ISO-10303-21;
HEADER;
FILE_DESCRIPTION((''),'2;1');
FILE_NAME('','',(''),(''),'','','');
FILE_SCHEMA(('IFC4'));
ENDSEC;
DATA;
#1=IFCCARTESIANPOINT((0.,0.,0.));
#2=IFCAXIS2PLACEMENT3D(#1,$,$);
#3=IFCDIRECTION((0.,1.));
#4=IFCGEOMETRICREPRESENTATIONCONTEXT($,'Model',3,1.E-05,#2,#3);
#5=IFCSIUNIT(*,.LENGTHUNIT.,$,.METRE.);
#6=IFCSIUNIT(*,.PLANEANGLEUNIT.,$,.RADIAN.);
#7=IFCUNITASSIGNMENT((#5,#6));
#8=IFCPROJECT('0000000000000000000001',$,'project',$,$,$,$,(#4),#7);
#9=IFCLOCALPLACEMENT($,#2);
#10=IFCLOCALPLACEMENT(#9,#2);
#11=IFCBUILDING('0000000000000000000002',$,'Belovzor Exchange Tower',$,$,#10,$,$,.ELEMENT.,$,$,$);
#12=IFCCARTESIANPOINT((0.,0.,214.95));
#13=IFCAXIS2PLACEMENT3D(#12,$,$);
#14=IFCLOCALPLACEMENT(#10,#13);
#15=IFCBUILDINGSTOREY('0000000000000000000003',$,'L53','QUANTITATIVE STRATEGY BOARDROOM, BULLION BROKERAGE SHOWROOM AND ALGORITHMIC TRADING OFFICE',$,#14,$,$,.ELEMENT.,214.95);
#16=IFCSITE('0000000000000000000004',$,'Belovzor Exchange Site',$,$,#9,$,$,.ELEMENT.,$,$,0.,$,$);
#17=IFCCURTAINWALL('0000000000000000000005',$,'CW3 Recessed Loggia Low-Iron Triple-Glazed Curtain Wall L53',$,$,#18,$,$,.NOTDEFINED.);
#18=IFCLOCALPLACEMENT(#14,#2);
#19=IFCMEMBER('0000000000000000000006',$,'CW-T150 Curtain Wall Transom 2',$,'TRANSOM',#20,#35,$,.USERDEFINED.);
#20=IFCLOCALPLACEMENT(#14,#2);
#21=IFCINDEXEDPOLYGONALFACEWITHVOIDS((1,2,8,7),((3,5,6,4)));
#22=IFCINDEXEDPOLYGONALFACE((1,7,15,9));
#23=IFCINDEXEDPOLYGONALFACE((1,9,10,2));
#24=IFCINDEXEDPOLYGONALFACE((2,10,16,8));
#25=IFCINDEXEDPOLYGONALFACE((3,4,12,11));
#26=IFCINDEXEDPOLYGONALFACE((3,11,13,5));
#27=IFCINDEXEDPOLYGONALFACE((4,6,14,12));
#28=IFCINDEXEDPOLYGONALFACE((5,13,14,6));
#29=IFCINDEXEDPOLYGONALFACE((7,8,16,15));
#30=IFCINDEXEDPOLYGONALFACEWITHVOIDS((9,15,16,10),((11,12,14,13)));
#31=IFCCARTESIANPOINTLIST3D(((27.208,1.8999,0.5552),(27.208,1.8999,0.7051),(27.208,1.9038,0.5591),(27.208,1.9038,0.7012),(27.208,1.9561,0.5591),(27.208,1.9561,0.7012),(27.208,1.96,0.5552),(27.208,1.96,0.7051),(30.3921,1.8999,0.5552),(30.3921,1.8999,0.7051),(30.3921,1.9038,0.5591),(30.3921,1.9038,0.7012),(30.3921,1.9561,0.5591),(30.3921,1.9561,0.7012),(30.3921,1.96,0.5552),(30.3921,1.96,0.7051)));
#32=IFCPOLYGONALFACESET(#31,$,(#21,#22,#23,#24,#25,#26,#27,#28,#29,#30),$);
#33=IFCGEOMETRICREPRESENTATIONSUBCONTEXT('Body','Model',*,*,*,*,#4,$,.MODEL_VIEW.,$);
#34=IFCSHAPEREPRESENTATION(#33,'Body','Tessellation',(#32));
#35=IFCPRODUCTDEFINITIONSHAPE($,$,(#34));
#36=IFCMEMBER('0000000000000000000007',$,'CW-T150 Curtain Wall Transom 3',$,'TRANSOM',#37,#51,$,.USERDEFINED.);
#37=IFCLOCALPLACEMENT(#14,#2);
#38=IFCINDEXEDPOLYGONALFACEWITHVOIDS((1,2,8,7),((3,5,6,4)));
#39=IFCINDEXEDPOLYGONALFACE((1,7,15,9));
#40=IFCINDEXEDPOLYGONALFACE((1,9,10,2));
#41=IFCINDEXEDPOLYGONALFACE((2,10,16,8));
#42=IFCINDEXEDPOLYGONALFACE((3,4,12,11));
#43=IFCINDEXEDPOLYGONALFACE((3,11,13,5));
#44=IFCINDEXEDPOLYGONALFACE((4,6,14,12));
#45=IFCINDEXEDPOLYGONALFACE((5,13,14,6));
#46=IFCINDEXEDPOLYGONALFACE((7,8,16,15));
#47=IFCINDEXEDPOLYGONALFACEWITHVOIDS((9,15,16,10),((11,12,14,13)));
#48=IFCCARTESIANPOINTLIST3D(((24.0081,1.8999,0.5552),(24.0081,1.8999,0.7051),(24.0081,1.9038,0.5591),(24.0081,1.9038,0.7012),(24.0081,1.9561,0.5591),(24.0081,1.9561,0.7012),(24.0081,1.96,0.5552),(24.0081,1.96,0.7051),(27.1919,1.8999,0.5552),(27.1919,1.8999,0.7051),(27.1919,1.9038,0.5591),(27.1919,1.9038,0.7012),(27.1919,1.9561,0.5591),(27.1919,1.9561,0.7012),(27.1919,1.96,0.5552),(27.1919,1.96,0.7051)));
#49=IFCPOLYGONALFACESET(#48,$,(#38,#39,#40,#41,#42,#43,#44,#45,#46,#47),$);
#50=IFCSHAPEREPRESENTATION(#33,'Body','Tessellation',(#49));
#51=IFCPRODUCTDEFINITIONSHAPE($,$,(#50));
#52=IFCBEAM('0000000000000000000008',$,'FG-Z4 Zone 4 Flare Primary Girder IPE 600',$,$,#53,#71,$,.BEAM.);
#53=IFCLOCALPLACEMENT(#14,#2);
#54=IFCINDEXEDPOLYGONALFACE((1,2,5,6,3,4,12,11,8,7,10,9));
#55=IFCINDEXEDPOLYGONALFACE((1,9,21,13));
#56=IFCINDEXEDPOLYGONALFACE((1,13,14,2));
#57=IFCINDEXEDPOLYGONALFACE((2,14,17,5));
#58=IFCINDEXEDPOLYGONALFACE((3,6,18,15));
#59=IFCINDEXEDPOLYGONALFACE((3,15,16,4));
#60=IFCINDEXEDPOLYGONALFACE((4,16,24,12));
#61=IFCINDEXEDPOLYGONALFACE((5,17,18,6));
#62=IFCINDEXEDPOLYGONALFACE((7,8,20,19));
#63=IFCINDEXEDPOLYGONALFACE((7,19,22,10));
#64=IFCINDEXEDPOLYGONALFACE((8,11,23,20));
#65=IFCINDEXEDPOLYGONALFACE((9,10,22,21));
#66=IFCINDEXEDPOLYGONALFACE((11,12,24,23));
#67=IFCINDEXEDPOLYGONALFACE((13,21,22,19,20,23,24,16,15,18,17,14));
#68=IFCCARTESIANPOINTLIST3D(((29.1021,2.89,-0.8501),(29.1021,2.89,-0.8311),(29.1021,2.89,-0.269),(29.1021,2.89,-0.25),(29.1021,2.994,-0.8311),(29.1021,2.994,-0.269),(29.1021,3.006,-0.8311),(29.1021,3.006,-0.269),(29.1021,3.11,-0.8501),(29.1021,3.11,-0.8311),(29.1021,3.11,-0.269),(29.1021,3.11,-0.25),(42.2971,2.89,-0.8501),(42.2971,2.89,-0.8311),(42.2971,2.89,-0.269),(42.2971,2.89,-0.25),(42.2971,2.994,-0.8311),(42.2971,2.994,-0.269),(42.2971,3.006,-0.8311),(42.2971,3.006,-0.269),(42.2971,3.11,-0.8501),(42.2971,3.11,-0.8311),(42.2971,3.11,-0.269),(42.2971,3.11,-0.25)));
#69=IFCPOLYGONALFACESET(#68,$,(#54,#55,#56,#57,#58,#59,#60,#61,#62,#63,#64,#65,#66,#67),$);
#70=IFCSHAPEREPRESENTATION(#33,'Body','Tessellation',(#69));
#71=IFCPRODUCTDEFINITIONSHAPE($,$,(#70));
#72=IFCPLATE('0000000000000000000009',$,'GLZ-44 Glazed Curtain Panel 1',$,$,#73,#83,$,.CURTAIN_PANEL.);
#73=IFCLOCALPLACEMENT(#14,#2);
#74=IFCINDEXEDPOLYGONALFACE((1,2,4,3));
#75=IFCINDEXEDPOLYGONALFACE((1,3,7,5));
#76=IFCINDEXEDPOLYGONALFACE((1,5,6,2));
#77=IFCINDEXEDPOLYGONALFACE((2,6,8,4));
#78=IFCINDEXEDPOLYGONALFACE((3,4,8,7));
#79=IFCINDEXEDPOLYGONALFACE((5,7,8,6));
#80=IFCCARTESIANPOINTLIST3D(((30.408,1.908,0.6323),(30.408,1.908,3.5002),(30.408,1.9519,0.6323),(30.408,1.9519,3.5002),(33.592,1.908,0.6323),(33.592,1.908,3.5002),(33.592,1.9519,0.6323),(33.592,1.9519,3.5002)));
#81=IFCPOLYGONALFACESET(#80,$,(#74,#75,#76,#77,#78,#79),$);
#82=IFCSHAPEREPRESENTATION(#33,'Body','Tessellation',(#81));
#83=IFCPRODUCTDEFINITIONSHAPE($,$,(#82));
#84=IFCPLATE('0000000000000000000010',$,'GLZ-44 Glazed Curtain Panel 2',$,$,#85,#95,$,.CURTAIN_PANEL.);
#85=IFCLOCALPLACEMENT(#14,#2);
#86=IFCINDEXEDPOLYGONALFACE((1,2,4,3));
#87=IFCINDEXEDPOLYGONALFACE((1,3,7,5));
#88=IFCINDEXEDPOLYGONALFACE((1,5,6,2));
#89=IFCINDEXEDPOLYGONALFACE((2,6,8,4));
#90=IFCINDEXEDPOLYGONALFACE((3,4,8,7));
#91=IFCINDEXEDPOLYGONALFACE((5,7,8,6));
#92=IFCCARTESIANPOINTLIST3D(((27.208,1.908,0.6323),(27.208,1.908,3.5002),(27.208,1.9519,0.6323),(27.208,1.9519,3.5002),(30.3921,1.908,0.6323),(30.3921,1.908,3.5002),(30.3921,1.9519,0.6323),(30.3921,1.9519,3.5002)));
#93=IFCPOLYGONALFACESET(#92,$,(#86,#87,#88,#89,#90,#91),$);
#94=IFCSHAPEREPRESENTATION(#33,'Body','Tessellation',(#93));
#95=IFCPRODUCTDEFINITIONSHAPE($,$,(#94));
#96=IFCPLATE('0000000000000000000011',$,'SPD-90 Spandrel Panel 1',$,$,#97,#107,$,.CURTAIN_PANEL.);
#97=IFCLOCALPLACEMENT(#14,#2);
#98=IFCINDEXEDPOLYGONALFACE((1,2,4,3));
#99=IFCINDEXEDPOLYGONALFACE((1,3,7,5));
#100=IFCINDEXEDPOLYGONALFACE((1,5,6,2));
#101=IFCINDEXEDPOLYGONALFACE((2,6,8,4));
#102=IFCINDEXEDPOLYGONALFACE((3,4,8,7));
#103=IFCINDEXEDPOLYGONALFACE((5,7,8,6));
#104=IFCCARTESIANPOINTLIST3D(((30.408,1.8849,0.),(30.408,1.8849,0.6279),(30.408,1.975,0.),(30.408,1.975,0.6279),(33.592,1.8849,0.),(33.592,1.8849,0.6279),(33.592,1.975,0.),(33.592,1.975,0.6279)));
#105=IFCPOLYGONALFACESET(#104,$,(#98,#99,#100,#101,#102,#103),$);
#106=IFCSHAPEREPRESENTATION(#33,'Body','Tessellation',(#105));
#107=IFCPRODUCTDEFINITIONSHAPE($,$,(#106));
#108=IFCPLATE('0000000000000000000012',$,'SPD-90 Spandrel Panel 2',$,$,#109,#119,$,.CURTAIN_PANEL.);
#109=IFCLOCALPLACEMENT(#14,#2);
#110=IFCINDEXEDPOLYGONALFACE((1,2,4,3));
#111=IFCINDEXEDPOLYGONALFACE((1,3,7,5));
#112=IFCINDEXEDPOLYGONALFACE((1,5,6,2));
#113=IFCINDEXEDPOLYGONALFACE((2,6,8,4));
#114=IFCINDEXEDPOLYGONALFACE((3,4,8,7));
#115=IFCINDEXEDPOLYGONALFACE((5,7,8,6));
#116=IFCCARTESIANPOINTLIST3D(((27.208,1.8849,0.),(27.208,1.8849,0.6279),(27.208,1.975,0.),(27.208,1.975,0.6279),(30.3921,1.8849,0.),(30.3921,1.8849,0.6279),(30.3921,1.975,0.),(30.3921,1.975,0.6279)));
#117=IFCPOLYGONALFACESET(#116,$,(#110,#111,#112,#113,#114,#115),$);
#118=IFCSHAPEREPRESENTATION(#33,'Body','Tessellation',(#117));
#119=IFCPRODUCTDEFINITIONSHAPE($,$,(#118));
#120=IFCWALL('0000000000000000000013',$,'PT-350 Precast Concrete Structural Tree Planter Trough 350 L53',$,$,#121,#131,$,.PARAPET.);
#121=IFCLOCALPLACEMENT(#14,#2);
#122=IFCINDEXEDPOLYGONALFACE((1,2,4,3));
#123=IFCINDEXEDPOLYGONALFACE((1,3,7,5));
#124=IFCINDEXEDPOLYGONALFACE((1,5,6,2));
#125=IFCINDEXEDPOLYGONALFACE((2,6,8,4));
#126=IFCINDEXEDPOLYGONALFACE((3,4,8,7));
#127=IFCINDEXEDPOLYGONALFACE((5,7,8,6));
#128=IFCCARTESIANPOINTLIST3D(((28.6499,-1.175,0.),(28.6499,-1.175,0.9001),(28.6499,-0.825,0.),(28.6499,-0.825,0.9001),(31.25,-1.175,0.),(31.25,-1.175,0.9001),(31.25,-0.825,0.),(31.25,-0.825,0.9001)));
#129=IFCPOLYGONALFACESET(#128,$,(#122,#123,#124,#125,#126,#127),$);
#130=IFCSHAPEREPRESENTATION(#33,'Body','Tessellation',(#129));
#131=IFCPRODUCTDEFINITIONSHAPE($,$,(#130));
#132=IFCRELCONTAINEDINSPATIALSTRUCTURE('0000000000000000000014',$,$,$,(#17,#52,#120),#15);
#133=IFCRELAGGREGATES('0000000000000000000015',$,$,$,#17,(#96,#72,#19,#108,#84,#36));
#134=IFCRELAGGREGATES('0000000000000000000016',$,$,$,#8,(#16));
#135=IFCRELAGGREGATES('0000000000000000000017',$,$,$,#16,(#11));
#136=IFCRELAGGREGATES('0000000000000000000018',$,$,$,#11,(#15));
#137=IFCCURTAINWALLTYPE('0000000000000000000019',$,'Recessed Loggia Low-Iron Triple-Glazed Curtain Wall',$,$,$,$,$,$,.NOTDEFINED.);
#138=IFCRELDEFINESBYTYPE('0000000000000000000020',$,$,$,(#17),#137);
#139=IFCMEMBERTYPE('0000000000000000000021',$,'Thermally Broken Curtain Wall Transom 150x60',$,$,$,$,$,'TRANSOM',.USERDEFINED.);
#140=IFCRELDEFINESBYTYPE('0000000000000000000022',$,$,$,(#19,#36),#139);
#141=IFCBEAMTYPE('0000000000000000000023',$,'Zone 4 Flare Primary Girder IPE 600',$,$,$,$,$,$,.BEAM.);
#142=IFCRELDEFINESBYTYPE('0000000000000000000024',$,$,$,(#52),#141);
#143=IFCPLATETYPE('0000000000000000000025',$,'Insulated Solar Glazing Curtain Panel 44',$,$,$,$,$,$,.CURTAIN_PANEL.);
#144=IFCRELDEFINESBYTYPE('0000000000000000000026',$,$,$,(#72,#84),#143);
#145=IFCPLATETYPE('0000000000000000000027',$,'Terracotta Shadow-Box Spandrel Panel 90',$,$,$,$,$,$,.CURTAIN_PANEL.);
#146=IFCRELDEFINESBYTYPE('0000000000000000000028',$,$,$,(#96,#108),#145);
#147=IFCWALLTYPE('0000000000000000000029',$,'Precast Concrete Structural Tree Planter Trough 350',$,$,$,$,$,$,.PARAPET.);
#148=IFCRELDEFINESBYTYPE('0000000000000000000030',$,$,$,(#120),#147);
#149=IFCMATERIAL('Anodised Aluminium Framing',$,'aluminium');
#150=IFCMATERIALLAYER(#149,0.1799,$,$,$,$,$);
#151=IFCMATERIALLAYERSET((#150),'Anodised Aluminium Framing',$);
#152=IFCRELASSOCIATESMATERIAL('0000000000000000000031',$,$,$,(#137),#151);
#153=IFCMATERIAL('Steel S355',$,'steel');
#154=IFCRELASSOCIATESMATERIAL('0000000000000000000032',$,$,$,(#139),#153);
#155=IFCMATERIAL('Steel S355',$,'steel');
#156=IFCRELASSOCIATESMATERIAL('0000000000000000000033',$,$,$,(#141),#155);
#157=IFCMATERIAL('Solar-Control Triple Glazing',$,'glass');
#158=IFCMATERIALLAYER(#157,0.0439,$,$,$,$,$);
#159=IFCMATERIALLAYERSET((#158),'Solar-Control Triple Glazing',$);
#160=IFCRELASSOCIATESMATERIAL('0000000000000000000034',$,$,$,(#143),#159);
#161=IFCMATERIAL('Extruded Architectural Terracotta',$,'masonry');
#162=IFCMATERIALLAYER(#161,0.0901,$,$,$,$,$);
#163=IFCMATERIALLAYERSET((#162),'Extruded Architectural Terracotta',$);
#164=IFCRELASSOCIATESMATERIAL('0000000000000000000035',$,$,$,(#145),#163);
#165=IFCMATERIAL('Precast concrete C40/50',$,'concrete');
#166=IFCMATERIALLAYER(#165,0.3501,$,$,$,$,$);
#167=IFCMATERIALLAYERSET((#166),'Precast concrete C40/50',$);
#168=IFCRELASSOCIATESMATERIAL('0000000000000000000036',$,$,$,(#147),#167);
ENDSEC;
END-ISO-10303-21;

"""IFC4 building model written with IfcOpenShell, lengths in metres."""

from ifc_helpers import new_model, si_unit, direction, frame, frame_2d, origin, origin_2d, place, context, subcontext, project, spatial, rectangle, hollow_rectangle, i_section, extrude, material, layer, layer_set, material_profile, profile_set, type_object, element, aggregate, save


model = new_model("IFC4")

# Units and contexts
model_context = context("Model", 3, precision=1e-05, world=origin(), true_north=direction((0.0, 1.0)))
body_context = subcontext(model_context, "Body", "Model", "MODEL_VIEW")
ifc_project = project(units=[si_unit("LENGTHUNIT", "METRE"), si_unit("PLANEANGLEUNIT", "RADIAN")], contexts=[model_context])

# Site, building, storey
site_placement = place(None, origin())
site = spatial("IfcSite", under=ifc_project, at=site_placement, Name="Belovzor Exchange Site", CompositionType="ELEMENT", RefElevation=0.0)
building_placement = place(site_placement, origin())
building = spatial("IfcBuilding", under=site, at=building_placement, Name="Belovzor Exchange Tower", CompositionType="ELEMENT")
storey_placement = place(building_placement, frame((0.0, 0.0, 214.95)))
storey = spatial("IfcBuildingStorey", under=building, at=storey_placement, Name="L53", Description="QUANTITATIVE STRATEGY BOARDROOM, BULLION BROKERAGE SHOWROOM AND ALGORITHMIC TRADING OFFICE", CompositionType="ELEMENT", Elevation=214.95)

# Curtain wall, members
ifc_material_1 = material(Name="Anodised Aluminium Framing", Category="aluminium")
ifc_layer_1 = layer(ifc_material_1, 0.1799)
ifc_layer_set_1 = layer_set([ifc_layer_1], Name="Anodised Aluminium Framing")
curtain_wall_type = type_object("IfcCurtainWallType", Name="Recessed Loggia Low-Iron Triple-Glazed Curtain Wall", PredefinedType="NOTDEFINED", material=ifc_layer_set_1)
curtain_wall_placement = place(storey_placement, origin())
curtain_wall = element("IfcCurtainWall", 1, at=curtain_wall_placement, inside=storey, type_object=curtain_wall_type, Name="CW3 Recessed Loggia Low-Iron Triple-Glazed Curtain Wall L53", PredefinedType="NOTDEFINED")
ifc_material_2 = material(Name="Steel S355", Category="steel")
ifc_material_profile_1 = material_profile(ifc_material_2, hollow_rectangle(XDim=0.0601, YDim=0.1499, WallThickness=0.0039, at=origin_2d()))
ifc_profile_set_1 = profile_set([ifc_material_profile_1], Name="Steel S355")
member_type_1 = type_object("IfcMemberType", Name="Thermally Broken Curtain Wall Transom 150x60", ElementType="TRANSOM", PredefinedType="USERDEFINED", material=ifc_profile_set_1)
member_1_placement = place(storey_placement, frame((30.3921, 1.9299, 0.6301), z_axis=(-1.0, 0.0, 0.0), x_axis=(0.0, -1.0, 0.0)))
member_1 = element("IfcMember", 2, at=member_1_placement, type_object=member_type_1, Name="CW-T150 Curtain Wall Transom 2", ObjectType="TRANSOM", PredefinedType="USERDEFINED", context=body_context, shape_type="SweptSolid", body=[
    extrude(hollow_rectangle(XDim=0.0601, YDim=0.1499, WallThickness=0.0039, at=origin_2d()), origin(), (0.0, 0.0, 1.0), 3.1841),
])
member_2_placement = place(storey_placement, frame((27.1919, 1.9299, 0.6301), z_axis=(-1.0, 0.0, 0.0), x_axis=(0.0, -1.0, 0.0)))
member_2 = element("IfcMember", 3, at=member_2_placement, type_object=member_type_1, Name="CW-T150 Curtain Wall Transom 3", ObjectType="TRANSOM", PredefinedType="USERDEFINED", context=body_context, shape_type="SweptSolid", body=[
    extrude(hollow_rectangle(XDim=0.0601, YDim=0.1499, WallThickness=0.0039, at=origin_2d()), origin(), (0.0, 0.0, 1.0), 3.1838),
])

# Beam
ifc_material_3 = material(Name="Steel S355", Category="steel")
ifc_material_profile_2 = material_profile(ifc_material_3, i_section(OverallWidth=0.22, OverallDepth=0.6001, WebThickness=0.012, FlangeThickness=0.019, at=origin_2d()))
ifc_profile_set_2 = profile_set([ifc_material_profile_2], Name="Steel S355")
beam_type_1 = type_object("IfcBeamType", Name="Zone 4 Flare Primary Girder IPE 600", PredefinedType="BEAM", material=ifc_profile_set_2)
beam_1_placement = place(storey_placement, frame((29.1021, 3.0, -0.55), z_axis=(1.0, 0.0, 0.0), x_axis=(0.0, 1.0, 0.0)))
element("IfcBeam", 4, at=beam_1_placement, inside=storey, type_object=beam_type_1, Name="FG-Z4 Zone 4 Flare Primary Girder IPE 600", PredefinedType="BEAM", context=body_context, shape_type="SweptSolid", body=[
    extrude(i_section(OverallWidth=0.22, OverallDepth=0.6001, WebThickness=0.012, FlangeThickness=0.019, at=origin_2d()), origin(), (0.0, 0.0, 1.0), 13.1951),
])

# Plates
ifc_material_4 = material(Name="Solar-Control Triple Glazing", Category="glass")
ifc_layer_2 = layer(ifc_material_4, 0.0439)
ifc_layer_set_2 = layer_set([ifc_layer_2], Name="Solar-Control Triple Glazing")
plate_type_1 = type_object("IfcPlateType", Name="Insulated Solar Glazing Curtain Panel 44", PredefinedType="CURTAIN_PANEL", material=ifc_layer_set_2)
plate_1_placement = place(storey_placement, frame((32.0, 1.9299, 0.6323), z_axis=(0.0, 0.0, 1.0), x_axis=(-1.0, 0.0, 0.0)))
plate_1 = element("IfcPlate", 5, at=plate_1_placement, type_object=plate_type_1, Name="GLZ-44 Glazed Curtain Panel 1", PredefinedType="CURTAIN_PANEL", context=body_context, shape_type="SweptSolid", body=[
    extrude(rectangle(XDim=3.1841, YDim=0.0439, at=origin_2d()), origin(), (0.0, 0.0, 1.0), 2.8679),
])
plate_2_placement = place(storey_placement, frame((28.8, 1.9299, 0.6323), z_axis=(0.0, 0.0, 1.0), x_axis=(-1.0, 0.0, 0.0)))
plate_2 = element("IfcPlate", 6, at=plate_2_placement, type_object=plate_type_1, Name="GLZ-44 Glazed Curtain Panel 2", PredefinedType="CURTAIN_PANEL", context=body_context, shape_type="SweptSolid", body=[
    extrude(rectangle(XDim=3.1841, YDim=0.0439, at=origin_2d()), origin(), (0.0, 0.0, 1.0), 2.8679),
])
ifc_material_5 = material(Name="Extruded Architectural Terracotta", Category="masonry")
ifc_layer_3 = layer(ifc_material_5, 0.0901)
ifc_layer_set_3 = layer_set([ifc_layer_3], Name="Extruded Architectural Terracotta")
plate_type_2 = type_object("IfcPlateType", Name="Terracotta Shadow-Box Spandrel Panel 90", PredefinedType="CURTAIN_PANEL", material=ifc_layer_set_3)
plate_3_placement = place(storey_placement, frame((32.0, 1.9299, 0.0), z_axis=(0.0, 0.0, 1.0), x_axis=(-1.0, 0.0, 0.0)))
plate_3 = element("IfcPlate", 7, at=plate_3_placement, type_object=plate_type_2, Name="SPD-90 Spandrel Panel 1", PredefinedType="CURTAIN_PANEL", context=body_context, shape_type="SweptSolid", body=[
    extrude(rectangle(XDim=3.1841, YDim=0.0901, at=origin_2d()), origin(), (0.0, 0.0, 1.0), 0.6279),
])
plate_4_placement = place(storey_placement, frame((28.8, 1.9299, 0.0), z_axis=(0.0, 0.0, 1.0), x_axis=(-1.0, 0.0, 0.0)))
plate_4 = element("IfcPlate", 8, at=plate_4_placement, type_object=plate_type_2, Name="SPD-90 Spandrel Panel 2", PredefinedType="CURTAIN_PANEL", context=body_context, shape_type="SweptSolid", body=[
    extrude(rectangle(XDim=3.1841, YDim=0.0901, at=origin_2d()), origin(), (0.0, 0.0, 1.0), 0.6279),
])
aggregate(curtain_wall, [plate_3, plate_1, member_1, plate_4, plate_2, member_2])

# Wall
ifc_material_6 = material(Name="Precast concrete C40/50", Category="concrete")
ifc_layer_4 = layer(ifc_material_6, 0.3501)
ifc_layer_set_4 = layer_set([ifc_layer_4], Name="Precast concrete C40/50")
wall_type = type_object("IfcWallType", Name="Precast Concrete Structural Tree Planter Trough 350", PredefinedType="PARAPET", material=ifc_layer_set_4)
wall_placement = place(storey_placement, frame((28.6499, -1.0, 0.0), z_axis=(0.0, 0.0, 1.0), x_axis=(1.0, 0.0, 0.0)))
element("IfcWall", 9, at=wall_placement, inside=storey, type_object=wall_type, Name="PT-350 Precast Concrete Structural Tree Planter Trough 350 L53", PredefinedType="PARAPET", context=body_context, shape_type="SweptSolid", body=[
    extrude(rectangle(XDim=2.6001, YDim=0.3501, at=frame_2d((1.3, 0.0))), origin(), (0.0, 0.0, 1.0), 0.9001),
])

save(model, "model.ifc")
